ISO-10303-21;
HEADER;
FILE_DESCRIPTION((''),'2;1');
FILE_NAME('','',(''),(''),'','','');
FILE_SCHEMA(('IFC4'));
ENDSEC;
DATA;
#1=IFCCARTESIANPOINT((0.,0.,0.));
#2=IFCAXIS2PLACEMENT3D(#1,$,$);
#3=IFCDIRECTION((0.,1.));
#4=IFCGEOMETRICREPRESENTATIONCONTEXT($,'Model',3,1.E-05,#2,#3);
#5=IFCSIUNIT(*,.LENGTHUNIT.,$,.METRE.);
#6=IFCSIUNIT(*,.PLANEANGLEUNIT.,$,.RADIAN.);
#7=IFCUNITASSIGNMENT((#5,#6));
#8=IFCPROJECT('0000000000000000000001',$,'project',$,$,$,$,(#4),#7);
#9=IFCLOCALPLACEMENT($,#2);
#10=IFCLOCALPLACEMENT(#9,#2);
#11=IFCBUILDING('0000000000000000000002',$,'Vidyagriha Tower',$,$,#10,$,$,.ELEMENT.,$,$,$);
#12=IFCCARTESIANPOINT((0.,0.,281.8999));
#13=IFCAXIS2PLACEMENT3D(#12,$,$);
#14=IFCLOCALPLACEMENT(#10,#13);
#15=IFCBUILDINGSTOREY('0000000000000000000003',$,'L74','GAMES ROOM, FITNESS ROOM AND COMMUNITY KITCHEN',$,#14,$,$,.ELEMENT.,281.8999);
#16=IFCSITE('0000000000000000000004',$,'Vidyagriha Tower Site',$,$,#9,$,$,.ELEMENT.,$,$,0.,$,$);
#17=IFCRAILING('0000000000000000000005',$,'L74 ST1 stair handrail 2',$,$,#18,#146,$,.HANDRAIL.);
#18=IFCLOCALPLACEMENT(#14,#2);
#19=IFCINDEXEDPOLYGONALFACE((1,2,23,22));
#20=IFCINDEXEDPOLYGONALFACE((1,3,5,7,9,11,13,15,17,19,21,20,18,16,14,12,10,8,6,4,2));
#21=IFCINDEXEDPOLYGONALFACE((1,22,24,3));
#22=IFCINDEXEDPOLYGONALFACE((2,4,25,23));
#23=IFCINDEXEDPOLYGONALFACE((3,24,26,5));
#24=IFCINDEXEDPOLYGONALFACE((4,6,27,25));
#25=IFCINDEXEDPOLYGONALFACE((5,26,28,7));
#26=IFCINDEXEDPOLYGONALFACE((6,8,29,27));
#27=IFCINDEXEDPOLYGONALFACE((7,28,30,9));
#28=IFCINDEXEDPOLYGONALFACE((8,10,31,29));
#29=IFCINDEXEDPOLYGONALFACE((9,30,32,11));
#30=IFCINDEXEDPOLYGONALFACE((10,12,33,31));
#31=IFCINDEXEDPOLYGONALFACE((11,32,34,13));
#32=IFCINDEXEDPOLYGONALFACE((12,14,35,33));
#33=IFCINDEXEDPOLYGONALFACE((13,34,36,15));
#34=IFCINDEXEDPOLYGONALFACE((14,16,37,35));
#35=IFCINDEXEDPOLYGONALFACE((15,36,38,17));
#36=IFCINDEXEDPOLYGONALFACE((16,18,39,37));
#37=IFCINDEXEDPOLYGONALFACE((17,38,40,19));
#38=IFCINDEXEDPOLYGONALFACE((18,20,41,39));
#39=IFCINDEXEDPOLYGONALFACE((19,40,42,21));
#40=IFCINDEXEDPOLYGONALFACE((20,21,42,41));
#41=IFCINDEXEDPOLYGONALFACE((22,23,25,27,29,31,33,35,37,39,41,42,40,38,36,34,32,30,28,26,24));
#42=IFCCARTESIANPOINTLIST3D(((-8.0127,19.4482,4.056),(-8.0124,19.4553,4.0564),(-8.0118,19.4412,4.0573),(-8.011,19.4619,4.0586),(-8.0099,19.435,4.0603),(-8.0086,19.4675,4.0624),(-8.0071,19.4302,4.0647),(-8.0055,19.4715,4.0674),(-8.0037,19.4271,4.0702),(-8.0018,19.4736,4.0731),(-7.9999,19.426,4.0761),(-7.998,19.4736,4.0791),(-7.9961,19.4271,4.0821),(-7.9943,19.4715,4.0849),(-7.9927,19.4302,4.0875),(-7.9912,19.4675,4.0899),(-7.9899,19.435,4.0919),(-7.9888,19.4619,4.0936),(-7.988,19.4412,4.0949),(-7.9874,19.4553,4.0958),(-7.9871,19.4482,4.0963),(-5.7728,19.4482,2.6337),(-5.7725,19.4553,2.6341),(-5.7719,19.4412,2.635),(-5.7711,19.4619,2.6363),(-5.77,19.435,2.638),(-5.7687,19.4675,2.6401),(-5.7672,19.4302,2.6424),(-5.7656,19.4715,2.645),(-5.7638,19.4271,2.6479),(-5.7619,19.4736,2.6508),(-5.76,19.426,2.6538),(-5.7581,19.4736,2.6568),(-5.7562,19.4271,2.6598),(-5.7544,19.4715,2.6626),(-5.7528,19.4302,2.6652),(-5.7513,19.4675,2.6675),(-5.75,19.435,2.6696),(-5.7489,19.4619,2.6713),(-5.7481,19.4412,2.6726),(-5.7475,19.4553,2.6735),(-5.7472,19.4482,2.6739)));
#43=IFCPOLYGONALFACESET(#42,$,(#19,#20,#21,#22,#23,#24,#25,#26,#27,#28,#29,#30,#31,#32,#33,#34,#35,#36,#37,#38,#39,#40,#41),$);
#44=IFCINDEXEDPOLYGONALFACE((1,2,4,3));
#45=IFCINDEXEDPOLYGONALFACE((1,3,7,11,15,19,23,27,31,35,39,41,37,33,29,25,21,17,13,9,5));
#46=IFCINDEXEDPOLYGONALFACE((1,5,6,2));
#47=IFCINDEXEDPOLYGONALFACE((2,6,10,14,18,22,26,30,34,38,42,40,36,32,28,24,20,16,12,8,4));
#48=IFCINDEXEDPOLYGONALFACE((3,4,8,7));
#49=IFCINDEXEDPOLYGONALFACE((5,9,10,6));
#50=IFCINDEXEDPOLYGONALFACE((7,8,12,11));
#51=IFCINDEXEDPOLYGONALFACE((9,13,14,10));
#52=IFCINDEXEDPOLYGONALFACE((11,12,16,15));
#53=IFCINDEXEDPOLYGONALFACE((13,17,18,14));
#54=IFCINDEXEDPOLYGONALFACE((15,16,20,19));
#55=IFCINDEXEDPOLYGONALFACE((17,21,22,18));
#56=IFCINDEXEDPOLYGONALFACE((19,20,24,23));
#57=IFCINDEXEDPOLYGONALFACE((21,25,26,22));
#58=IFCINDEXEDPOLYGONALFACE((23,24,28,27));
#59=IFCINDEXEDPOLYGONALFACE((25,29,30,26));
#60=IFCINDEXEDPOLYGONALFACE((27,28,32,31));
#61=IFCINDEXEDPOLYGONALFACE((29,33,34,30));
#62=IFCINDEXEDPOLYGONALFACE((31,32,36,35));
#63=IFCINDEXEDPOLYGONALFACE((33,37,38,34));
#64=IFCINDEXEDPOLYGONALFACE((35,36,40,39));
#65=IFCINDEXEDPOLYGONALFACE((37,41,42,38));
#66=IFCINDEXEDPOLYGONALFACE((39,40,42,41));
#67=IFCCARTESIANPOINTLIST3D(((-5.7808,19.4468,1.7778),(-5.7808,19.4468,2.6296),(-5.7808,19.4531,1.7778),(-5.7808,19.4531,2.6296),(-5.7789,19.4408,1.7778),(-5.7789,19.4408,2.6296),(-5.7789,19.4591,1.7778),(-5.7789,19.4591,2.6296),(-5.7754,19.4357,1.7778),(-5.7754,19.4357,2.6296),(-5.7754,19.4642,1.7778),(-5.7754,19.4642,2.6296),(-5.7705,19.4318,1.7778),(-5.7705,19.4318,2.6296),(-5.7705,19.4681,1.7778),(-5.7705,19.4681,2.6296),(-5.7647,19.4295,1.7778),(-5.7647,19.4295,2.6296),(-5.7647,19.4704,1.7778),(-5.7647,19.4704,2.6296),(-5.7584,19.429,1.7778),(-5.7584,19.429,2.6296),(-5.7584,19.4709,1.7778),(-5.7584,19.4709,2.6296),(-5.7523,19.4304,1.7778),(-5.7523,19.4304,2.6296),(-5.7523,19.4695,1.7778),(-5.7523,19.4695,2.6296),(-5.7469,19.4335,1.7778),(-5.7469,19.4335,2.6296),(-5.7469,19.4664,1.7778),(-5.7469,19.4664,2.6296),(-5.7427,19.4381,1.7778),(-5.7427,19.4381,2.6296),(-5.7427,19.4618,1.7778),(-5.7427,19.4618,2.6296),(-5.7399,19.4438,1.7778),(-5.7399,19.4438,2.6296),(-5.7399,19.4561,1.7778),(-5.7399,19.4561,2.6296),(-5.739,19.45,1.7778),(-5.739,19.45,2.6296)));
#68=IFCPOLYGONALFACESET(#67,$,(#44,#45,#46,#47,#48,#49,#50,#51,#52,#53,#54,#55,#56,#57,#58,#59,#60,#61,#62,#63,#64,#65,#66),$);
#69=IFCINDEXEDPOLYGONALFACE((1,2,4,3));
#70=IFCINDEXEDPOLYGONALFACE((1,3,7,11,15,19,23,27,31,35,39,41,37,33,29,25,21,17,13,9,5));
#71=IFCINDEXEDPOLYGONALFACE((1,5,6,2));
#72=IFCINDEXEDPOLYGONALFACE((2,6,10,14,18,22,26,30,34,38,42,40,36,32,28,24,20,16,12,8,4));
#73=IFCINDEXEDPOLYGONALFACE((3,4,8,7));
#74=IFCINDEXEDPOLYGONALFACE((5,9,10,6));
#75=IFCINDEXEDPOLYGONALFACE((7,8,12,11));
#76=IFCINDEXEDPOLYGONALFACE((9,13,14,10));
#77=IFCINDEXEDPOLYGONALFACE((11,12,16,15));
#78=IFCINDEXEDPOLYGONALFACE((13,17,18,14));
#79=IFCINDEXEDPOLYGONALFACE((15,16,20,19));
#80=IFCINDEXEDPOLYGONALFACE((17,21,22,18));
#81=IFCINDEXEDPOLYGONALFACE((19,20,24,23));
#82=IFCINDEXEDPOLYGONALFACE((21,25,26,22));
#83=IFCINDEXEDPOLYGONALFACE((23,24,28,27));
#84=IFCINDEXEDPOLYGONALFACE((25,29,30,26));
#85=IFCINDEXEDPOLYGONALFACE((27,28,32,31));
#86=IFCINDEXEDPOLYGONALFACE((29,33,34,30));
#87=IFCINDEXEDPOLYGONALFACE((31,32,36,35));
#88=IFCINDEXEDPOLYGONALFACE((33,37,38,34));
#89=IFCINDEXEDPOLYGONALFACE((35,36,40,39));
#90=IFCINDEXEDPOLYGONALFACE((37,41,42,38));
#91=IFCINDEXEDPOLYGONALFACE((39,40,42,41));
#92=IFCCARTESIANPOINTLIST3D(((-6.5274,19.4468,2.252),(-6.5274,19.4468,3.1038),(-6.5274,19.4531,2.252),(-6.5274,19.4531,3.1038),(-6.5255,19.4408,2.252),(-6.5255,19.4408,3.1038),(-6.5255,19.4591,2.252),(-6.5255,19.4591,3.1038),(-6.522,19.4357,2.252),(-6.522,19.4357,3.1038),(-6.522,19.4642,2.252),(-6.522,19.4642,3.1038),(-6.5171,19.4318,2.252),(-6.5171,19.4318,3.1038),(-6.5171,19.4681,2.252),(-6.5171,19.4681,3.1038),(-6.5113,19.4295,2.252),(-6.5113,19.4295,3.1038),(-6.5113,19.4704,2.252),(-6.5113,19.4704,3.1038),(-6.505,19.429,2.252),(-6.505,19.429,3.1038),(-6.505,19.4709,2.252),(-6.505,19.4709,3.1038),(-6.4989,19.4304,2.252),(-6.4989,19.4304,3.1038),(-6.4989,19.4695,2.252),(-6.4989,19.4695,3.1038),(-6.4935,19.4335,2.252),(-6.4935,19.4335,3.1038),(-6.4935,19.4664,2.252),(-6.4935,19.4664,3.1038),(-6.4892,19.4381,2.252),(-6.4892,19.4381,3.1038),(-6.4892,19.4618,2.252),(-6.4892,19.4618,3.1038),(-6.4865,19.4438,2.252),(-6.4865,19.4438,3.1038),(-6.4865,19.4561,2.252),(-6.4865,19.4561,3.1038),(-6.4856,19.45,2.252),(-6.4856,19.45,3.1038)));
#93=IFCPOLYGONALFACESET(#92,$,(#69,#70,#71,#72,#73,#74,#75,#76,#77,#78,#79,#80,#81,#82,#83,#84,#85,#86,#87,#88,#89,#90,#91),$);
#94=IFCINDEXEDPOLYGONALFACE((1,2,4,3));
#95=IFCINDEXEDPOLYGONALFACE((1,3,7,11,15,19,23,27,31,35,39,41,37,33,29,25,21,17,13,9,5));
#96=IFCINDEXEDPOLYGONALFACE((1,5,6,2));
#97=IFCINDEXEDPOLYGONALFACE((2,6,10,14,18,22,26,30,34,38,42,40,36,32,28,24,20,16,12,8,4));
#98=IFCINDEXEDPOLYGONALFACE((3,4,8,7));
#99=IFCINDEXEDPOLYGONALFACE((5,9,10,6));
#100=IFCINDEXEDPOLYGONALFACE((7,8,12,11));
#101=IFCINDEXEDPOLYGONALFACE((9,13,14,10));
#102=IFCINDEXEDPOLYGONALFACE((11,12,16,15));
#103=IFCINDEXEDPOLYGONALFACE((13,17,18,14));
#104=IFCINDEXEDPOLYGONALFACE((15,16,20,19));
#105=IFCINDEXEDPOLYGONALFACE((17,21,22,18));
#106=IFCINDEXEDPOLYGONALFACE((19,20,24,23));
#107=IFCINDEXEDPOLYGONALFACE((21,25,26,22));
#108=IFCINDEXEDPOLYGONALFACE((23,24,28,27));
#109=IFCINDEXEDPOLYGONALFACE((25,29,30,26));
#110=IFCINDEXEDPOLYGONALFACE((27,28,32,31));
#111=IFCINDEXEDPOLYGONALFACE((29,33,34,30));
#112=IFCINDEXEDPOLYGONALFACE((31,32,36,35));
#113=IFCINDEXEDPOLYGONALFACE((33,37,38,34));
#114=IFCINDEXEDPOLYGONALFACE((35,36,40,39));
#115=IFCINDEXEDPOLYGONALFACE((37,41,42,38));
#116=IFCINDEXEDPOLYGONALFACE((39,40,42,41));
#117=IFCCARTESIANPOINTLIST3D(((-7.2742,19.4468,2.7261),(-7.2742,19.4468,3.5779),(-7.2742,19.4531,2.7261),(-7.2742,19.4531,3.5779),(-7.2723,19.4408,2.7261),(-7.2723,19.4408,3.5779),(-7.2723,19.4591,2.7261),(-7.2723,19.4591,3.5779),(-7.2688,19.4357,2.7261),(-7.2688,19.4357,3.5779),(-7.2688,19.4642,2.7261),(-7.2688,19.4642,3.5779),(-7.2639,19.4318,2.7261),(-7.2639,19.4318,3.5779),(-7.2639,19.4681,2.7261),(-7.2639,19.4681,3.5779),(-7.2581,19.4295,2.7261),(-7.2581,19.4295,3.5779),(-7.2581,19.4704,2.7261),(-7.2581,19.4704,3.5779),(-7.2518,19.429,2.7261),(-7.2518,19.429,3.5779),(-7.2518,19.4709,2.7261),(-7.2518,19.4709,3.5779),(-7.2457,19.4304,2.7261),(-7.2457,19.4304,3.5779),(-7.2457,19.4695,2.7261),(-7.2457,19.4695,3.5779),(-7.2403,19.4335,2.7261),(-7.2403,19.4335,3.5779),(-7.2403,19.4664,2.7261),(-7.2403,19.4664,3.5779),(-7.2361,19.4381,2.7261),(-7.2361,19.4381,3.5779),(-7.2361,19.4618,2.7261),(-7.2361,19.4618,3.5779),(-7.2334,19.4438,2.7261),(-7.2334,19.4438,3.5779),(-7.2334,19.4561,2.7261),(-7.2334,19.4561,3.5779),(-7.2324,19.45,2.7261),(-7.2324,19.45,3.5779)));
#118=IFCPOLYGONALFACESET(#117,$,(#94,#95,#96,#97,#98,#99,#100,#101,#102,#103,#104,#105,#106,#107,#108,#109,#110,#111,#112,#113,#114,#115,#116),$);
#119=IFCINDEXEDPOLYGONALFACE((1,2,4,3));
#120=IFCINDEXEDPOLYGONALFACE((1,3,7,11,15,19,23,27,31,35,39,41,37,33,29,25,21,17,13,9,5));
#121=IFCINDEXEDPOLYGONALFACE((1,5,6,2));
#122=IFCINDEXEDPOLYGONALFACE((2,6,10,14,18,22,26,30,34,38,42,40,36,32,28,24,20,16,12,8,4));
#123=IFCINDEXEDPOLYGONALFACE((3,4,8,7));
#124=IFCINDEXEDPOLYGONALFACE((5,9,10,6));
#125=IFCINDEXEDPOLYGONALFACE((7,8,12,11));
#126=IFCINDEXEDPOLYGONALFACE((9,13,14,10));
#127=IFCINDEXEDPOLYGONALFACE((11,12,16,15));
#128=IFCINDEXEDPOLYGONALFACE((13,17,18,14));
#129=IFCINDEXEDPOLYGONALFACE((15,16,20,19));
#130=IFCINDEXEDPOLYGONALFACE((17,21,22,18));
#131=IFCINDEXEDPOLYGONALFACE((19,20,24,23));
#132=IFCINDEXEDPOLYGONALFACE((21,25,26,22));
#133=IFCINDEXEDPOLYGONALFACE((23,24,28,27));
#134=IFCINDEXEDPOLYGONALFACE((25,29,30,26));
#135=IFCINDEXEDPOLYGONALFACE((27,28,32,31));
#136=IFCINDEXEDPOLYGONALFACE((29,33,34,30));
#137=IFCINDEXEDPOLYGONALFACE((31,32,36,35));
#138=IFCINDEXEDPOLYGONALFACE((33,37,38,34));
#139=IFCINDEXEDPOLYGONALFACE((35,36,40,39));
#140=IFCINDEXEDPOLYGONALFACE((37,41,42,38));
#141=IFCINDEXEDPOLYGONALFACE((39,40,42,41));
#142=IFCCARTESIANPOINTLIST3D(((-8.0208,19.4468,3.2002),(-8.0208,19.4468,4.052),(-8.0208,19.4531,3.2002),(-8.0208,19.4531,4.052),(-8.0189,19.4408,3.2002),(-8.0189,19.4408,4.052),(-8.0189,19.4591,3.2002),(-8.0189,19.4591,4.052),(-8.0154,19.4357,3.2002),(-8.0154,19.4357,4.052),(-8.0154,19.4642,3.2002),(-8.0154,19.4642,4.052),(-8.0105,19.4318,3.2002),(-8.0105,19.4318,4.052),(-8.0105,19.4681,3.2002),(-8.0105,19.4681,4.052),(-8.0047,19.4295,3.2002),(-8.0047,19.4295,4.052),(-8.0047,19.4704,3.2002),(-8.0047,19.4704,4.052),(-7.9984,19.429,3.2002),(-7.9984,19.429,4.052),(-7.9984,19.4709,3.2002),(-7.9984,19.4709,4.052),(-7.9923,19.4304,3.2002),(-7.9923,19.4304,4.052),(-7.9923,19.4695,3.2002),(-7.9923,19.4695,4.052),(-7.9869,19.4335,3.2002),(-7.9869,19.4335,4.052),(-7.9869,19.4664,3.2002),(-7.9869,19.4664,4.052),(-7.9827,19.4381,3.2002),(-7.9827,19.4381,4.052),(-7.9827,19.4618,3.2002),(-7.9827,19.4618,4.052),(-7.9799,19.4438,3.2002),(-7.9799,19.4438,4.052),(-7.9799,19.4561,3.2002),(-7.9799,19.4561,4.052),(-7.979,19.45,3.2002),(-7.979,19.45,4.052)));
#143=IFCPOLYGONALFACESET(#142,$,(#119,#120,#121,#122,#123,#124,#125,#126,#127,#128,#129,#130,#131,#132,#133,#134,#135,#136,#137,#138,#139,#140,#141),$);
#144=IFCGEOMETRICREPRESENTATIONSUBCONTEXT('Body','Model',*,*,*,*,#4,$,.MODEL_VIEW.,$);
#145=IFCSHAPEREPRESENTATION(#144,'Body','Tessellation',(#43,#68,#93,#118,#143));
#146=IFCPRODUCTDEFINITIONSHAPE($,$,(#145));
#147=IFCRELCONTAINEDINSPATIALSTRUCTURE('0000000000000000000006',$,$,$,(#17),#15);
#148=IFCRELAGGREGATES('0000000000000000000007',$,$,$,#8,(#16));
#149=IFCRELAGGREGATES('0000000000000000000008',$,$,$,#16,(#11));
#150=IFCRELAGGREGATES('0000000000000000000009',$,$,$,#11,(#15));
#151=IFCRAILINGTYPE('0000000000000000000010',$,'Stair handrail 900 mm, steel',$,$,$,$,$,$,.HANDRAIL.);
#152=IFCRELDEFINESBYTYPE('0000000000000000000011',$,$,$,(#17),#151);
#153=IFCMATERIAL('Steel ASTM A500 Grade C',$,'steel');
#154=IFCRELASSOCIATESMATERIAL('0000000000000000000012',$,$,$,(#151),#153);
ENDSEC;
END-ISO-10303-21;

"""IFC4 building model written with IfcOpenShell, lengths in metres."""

from ifc_helpers import new_model, si_unit, direction, frame, origin, origin_2d, place, context, subcontext, project, spatial, circle, extrude, material, type_object, element, save


model = new_model("IFC4")

# Units and contexts
model_context = context("Model", 3, precision=1e-05, world=origin(), true_north=direction((0.0, 1.0)))
body_context = subcontext(model_context, "Body", "Model", "MODEL_VIEW")
ifc_project = project(units=[si_unit("LENGTHUNIT", "METRE"), si_unit("PLANEANGLEUNIT", "RADIAN")], contexts=[model_context])

# Site, building, storey
site_placement = place(None, origin())
site = spatial("IfcSite", under=ifc_project, at=site_placement, Name="Vidyagriha Tower Site", CompositionType="ELEMENT", RefElevation=0.0)
building_placement = place(site_placement, origin())
building = spatial("IfcBuilding", under=site, at=building_placement, Name="Vidyagriha Tower", CompositionType="ELEMENT")
storey_placement = place(building_placement, frame((0.0, 0.0, 281.8999)))
storey = spatial("IfcBuildingStorey", under=building, at=storey_placement, Name="L74", Description="GAMES ROOM, FITNESS ROOM AND COMMUNITY KITCHEN", CompositionType="ELEMENT", Elevation=281.8999)

# Railing
ifc_material_1 = material(Name="Steel ASTM A500 Grade C", Category="steel")
railing_type_1 = type_object("IfcRailingType", Name="Stair handrail 900 mm, steel", PredefinedType="HANDRAIL", material=ifc_material_1)
for number, where, name in (
    (1, (-5.76, 19.45, 1.7778), "L74 ST1 stair handrail 2"),
):
    element("IfcRailing", number, at=place(storey_placement, frame(where)), inside=storey, type_object=railing_type_1, Name=name, PredefinedType="HANDRAIL", context=body_context, shape_type="SweptSolid", body=[
        extrude(circle(Radius=0.0239, at=origin_2d()), frame((0.0, 0.0, 0.876), z_axis=(-0.844188, 0.0, 0.536048), x_axis=(0.0, -1.0, 0.0)), (0.0, 0.0, 1.0), 2.6533),
        extrude(circle(Radius=0.021, at=origin_2d()), origin(), (0.0, 0.0, 1.0), 0.8518),
        extrude(circle(Radius=0.021, at=origin_2d()), frame((-0.7466, 0.0, 0.4741)), (0.0, 0.0, 1.0), 0.8518),
        extrude(circle(Radius=0.021, at=origin_2d()), frame((-1.4934, 0.0, 0.9482)), (0.0, 0.0, 1.0), 0.8518),
        extrude(circle(Radius=0.021, at=origin_2d()), frame((-2.24, 0.0, 1.4224)), (0.0, 0.0, 1.0), 0.8518),
    ])

save(model, "model.ifc")
